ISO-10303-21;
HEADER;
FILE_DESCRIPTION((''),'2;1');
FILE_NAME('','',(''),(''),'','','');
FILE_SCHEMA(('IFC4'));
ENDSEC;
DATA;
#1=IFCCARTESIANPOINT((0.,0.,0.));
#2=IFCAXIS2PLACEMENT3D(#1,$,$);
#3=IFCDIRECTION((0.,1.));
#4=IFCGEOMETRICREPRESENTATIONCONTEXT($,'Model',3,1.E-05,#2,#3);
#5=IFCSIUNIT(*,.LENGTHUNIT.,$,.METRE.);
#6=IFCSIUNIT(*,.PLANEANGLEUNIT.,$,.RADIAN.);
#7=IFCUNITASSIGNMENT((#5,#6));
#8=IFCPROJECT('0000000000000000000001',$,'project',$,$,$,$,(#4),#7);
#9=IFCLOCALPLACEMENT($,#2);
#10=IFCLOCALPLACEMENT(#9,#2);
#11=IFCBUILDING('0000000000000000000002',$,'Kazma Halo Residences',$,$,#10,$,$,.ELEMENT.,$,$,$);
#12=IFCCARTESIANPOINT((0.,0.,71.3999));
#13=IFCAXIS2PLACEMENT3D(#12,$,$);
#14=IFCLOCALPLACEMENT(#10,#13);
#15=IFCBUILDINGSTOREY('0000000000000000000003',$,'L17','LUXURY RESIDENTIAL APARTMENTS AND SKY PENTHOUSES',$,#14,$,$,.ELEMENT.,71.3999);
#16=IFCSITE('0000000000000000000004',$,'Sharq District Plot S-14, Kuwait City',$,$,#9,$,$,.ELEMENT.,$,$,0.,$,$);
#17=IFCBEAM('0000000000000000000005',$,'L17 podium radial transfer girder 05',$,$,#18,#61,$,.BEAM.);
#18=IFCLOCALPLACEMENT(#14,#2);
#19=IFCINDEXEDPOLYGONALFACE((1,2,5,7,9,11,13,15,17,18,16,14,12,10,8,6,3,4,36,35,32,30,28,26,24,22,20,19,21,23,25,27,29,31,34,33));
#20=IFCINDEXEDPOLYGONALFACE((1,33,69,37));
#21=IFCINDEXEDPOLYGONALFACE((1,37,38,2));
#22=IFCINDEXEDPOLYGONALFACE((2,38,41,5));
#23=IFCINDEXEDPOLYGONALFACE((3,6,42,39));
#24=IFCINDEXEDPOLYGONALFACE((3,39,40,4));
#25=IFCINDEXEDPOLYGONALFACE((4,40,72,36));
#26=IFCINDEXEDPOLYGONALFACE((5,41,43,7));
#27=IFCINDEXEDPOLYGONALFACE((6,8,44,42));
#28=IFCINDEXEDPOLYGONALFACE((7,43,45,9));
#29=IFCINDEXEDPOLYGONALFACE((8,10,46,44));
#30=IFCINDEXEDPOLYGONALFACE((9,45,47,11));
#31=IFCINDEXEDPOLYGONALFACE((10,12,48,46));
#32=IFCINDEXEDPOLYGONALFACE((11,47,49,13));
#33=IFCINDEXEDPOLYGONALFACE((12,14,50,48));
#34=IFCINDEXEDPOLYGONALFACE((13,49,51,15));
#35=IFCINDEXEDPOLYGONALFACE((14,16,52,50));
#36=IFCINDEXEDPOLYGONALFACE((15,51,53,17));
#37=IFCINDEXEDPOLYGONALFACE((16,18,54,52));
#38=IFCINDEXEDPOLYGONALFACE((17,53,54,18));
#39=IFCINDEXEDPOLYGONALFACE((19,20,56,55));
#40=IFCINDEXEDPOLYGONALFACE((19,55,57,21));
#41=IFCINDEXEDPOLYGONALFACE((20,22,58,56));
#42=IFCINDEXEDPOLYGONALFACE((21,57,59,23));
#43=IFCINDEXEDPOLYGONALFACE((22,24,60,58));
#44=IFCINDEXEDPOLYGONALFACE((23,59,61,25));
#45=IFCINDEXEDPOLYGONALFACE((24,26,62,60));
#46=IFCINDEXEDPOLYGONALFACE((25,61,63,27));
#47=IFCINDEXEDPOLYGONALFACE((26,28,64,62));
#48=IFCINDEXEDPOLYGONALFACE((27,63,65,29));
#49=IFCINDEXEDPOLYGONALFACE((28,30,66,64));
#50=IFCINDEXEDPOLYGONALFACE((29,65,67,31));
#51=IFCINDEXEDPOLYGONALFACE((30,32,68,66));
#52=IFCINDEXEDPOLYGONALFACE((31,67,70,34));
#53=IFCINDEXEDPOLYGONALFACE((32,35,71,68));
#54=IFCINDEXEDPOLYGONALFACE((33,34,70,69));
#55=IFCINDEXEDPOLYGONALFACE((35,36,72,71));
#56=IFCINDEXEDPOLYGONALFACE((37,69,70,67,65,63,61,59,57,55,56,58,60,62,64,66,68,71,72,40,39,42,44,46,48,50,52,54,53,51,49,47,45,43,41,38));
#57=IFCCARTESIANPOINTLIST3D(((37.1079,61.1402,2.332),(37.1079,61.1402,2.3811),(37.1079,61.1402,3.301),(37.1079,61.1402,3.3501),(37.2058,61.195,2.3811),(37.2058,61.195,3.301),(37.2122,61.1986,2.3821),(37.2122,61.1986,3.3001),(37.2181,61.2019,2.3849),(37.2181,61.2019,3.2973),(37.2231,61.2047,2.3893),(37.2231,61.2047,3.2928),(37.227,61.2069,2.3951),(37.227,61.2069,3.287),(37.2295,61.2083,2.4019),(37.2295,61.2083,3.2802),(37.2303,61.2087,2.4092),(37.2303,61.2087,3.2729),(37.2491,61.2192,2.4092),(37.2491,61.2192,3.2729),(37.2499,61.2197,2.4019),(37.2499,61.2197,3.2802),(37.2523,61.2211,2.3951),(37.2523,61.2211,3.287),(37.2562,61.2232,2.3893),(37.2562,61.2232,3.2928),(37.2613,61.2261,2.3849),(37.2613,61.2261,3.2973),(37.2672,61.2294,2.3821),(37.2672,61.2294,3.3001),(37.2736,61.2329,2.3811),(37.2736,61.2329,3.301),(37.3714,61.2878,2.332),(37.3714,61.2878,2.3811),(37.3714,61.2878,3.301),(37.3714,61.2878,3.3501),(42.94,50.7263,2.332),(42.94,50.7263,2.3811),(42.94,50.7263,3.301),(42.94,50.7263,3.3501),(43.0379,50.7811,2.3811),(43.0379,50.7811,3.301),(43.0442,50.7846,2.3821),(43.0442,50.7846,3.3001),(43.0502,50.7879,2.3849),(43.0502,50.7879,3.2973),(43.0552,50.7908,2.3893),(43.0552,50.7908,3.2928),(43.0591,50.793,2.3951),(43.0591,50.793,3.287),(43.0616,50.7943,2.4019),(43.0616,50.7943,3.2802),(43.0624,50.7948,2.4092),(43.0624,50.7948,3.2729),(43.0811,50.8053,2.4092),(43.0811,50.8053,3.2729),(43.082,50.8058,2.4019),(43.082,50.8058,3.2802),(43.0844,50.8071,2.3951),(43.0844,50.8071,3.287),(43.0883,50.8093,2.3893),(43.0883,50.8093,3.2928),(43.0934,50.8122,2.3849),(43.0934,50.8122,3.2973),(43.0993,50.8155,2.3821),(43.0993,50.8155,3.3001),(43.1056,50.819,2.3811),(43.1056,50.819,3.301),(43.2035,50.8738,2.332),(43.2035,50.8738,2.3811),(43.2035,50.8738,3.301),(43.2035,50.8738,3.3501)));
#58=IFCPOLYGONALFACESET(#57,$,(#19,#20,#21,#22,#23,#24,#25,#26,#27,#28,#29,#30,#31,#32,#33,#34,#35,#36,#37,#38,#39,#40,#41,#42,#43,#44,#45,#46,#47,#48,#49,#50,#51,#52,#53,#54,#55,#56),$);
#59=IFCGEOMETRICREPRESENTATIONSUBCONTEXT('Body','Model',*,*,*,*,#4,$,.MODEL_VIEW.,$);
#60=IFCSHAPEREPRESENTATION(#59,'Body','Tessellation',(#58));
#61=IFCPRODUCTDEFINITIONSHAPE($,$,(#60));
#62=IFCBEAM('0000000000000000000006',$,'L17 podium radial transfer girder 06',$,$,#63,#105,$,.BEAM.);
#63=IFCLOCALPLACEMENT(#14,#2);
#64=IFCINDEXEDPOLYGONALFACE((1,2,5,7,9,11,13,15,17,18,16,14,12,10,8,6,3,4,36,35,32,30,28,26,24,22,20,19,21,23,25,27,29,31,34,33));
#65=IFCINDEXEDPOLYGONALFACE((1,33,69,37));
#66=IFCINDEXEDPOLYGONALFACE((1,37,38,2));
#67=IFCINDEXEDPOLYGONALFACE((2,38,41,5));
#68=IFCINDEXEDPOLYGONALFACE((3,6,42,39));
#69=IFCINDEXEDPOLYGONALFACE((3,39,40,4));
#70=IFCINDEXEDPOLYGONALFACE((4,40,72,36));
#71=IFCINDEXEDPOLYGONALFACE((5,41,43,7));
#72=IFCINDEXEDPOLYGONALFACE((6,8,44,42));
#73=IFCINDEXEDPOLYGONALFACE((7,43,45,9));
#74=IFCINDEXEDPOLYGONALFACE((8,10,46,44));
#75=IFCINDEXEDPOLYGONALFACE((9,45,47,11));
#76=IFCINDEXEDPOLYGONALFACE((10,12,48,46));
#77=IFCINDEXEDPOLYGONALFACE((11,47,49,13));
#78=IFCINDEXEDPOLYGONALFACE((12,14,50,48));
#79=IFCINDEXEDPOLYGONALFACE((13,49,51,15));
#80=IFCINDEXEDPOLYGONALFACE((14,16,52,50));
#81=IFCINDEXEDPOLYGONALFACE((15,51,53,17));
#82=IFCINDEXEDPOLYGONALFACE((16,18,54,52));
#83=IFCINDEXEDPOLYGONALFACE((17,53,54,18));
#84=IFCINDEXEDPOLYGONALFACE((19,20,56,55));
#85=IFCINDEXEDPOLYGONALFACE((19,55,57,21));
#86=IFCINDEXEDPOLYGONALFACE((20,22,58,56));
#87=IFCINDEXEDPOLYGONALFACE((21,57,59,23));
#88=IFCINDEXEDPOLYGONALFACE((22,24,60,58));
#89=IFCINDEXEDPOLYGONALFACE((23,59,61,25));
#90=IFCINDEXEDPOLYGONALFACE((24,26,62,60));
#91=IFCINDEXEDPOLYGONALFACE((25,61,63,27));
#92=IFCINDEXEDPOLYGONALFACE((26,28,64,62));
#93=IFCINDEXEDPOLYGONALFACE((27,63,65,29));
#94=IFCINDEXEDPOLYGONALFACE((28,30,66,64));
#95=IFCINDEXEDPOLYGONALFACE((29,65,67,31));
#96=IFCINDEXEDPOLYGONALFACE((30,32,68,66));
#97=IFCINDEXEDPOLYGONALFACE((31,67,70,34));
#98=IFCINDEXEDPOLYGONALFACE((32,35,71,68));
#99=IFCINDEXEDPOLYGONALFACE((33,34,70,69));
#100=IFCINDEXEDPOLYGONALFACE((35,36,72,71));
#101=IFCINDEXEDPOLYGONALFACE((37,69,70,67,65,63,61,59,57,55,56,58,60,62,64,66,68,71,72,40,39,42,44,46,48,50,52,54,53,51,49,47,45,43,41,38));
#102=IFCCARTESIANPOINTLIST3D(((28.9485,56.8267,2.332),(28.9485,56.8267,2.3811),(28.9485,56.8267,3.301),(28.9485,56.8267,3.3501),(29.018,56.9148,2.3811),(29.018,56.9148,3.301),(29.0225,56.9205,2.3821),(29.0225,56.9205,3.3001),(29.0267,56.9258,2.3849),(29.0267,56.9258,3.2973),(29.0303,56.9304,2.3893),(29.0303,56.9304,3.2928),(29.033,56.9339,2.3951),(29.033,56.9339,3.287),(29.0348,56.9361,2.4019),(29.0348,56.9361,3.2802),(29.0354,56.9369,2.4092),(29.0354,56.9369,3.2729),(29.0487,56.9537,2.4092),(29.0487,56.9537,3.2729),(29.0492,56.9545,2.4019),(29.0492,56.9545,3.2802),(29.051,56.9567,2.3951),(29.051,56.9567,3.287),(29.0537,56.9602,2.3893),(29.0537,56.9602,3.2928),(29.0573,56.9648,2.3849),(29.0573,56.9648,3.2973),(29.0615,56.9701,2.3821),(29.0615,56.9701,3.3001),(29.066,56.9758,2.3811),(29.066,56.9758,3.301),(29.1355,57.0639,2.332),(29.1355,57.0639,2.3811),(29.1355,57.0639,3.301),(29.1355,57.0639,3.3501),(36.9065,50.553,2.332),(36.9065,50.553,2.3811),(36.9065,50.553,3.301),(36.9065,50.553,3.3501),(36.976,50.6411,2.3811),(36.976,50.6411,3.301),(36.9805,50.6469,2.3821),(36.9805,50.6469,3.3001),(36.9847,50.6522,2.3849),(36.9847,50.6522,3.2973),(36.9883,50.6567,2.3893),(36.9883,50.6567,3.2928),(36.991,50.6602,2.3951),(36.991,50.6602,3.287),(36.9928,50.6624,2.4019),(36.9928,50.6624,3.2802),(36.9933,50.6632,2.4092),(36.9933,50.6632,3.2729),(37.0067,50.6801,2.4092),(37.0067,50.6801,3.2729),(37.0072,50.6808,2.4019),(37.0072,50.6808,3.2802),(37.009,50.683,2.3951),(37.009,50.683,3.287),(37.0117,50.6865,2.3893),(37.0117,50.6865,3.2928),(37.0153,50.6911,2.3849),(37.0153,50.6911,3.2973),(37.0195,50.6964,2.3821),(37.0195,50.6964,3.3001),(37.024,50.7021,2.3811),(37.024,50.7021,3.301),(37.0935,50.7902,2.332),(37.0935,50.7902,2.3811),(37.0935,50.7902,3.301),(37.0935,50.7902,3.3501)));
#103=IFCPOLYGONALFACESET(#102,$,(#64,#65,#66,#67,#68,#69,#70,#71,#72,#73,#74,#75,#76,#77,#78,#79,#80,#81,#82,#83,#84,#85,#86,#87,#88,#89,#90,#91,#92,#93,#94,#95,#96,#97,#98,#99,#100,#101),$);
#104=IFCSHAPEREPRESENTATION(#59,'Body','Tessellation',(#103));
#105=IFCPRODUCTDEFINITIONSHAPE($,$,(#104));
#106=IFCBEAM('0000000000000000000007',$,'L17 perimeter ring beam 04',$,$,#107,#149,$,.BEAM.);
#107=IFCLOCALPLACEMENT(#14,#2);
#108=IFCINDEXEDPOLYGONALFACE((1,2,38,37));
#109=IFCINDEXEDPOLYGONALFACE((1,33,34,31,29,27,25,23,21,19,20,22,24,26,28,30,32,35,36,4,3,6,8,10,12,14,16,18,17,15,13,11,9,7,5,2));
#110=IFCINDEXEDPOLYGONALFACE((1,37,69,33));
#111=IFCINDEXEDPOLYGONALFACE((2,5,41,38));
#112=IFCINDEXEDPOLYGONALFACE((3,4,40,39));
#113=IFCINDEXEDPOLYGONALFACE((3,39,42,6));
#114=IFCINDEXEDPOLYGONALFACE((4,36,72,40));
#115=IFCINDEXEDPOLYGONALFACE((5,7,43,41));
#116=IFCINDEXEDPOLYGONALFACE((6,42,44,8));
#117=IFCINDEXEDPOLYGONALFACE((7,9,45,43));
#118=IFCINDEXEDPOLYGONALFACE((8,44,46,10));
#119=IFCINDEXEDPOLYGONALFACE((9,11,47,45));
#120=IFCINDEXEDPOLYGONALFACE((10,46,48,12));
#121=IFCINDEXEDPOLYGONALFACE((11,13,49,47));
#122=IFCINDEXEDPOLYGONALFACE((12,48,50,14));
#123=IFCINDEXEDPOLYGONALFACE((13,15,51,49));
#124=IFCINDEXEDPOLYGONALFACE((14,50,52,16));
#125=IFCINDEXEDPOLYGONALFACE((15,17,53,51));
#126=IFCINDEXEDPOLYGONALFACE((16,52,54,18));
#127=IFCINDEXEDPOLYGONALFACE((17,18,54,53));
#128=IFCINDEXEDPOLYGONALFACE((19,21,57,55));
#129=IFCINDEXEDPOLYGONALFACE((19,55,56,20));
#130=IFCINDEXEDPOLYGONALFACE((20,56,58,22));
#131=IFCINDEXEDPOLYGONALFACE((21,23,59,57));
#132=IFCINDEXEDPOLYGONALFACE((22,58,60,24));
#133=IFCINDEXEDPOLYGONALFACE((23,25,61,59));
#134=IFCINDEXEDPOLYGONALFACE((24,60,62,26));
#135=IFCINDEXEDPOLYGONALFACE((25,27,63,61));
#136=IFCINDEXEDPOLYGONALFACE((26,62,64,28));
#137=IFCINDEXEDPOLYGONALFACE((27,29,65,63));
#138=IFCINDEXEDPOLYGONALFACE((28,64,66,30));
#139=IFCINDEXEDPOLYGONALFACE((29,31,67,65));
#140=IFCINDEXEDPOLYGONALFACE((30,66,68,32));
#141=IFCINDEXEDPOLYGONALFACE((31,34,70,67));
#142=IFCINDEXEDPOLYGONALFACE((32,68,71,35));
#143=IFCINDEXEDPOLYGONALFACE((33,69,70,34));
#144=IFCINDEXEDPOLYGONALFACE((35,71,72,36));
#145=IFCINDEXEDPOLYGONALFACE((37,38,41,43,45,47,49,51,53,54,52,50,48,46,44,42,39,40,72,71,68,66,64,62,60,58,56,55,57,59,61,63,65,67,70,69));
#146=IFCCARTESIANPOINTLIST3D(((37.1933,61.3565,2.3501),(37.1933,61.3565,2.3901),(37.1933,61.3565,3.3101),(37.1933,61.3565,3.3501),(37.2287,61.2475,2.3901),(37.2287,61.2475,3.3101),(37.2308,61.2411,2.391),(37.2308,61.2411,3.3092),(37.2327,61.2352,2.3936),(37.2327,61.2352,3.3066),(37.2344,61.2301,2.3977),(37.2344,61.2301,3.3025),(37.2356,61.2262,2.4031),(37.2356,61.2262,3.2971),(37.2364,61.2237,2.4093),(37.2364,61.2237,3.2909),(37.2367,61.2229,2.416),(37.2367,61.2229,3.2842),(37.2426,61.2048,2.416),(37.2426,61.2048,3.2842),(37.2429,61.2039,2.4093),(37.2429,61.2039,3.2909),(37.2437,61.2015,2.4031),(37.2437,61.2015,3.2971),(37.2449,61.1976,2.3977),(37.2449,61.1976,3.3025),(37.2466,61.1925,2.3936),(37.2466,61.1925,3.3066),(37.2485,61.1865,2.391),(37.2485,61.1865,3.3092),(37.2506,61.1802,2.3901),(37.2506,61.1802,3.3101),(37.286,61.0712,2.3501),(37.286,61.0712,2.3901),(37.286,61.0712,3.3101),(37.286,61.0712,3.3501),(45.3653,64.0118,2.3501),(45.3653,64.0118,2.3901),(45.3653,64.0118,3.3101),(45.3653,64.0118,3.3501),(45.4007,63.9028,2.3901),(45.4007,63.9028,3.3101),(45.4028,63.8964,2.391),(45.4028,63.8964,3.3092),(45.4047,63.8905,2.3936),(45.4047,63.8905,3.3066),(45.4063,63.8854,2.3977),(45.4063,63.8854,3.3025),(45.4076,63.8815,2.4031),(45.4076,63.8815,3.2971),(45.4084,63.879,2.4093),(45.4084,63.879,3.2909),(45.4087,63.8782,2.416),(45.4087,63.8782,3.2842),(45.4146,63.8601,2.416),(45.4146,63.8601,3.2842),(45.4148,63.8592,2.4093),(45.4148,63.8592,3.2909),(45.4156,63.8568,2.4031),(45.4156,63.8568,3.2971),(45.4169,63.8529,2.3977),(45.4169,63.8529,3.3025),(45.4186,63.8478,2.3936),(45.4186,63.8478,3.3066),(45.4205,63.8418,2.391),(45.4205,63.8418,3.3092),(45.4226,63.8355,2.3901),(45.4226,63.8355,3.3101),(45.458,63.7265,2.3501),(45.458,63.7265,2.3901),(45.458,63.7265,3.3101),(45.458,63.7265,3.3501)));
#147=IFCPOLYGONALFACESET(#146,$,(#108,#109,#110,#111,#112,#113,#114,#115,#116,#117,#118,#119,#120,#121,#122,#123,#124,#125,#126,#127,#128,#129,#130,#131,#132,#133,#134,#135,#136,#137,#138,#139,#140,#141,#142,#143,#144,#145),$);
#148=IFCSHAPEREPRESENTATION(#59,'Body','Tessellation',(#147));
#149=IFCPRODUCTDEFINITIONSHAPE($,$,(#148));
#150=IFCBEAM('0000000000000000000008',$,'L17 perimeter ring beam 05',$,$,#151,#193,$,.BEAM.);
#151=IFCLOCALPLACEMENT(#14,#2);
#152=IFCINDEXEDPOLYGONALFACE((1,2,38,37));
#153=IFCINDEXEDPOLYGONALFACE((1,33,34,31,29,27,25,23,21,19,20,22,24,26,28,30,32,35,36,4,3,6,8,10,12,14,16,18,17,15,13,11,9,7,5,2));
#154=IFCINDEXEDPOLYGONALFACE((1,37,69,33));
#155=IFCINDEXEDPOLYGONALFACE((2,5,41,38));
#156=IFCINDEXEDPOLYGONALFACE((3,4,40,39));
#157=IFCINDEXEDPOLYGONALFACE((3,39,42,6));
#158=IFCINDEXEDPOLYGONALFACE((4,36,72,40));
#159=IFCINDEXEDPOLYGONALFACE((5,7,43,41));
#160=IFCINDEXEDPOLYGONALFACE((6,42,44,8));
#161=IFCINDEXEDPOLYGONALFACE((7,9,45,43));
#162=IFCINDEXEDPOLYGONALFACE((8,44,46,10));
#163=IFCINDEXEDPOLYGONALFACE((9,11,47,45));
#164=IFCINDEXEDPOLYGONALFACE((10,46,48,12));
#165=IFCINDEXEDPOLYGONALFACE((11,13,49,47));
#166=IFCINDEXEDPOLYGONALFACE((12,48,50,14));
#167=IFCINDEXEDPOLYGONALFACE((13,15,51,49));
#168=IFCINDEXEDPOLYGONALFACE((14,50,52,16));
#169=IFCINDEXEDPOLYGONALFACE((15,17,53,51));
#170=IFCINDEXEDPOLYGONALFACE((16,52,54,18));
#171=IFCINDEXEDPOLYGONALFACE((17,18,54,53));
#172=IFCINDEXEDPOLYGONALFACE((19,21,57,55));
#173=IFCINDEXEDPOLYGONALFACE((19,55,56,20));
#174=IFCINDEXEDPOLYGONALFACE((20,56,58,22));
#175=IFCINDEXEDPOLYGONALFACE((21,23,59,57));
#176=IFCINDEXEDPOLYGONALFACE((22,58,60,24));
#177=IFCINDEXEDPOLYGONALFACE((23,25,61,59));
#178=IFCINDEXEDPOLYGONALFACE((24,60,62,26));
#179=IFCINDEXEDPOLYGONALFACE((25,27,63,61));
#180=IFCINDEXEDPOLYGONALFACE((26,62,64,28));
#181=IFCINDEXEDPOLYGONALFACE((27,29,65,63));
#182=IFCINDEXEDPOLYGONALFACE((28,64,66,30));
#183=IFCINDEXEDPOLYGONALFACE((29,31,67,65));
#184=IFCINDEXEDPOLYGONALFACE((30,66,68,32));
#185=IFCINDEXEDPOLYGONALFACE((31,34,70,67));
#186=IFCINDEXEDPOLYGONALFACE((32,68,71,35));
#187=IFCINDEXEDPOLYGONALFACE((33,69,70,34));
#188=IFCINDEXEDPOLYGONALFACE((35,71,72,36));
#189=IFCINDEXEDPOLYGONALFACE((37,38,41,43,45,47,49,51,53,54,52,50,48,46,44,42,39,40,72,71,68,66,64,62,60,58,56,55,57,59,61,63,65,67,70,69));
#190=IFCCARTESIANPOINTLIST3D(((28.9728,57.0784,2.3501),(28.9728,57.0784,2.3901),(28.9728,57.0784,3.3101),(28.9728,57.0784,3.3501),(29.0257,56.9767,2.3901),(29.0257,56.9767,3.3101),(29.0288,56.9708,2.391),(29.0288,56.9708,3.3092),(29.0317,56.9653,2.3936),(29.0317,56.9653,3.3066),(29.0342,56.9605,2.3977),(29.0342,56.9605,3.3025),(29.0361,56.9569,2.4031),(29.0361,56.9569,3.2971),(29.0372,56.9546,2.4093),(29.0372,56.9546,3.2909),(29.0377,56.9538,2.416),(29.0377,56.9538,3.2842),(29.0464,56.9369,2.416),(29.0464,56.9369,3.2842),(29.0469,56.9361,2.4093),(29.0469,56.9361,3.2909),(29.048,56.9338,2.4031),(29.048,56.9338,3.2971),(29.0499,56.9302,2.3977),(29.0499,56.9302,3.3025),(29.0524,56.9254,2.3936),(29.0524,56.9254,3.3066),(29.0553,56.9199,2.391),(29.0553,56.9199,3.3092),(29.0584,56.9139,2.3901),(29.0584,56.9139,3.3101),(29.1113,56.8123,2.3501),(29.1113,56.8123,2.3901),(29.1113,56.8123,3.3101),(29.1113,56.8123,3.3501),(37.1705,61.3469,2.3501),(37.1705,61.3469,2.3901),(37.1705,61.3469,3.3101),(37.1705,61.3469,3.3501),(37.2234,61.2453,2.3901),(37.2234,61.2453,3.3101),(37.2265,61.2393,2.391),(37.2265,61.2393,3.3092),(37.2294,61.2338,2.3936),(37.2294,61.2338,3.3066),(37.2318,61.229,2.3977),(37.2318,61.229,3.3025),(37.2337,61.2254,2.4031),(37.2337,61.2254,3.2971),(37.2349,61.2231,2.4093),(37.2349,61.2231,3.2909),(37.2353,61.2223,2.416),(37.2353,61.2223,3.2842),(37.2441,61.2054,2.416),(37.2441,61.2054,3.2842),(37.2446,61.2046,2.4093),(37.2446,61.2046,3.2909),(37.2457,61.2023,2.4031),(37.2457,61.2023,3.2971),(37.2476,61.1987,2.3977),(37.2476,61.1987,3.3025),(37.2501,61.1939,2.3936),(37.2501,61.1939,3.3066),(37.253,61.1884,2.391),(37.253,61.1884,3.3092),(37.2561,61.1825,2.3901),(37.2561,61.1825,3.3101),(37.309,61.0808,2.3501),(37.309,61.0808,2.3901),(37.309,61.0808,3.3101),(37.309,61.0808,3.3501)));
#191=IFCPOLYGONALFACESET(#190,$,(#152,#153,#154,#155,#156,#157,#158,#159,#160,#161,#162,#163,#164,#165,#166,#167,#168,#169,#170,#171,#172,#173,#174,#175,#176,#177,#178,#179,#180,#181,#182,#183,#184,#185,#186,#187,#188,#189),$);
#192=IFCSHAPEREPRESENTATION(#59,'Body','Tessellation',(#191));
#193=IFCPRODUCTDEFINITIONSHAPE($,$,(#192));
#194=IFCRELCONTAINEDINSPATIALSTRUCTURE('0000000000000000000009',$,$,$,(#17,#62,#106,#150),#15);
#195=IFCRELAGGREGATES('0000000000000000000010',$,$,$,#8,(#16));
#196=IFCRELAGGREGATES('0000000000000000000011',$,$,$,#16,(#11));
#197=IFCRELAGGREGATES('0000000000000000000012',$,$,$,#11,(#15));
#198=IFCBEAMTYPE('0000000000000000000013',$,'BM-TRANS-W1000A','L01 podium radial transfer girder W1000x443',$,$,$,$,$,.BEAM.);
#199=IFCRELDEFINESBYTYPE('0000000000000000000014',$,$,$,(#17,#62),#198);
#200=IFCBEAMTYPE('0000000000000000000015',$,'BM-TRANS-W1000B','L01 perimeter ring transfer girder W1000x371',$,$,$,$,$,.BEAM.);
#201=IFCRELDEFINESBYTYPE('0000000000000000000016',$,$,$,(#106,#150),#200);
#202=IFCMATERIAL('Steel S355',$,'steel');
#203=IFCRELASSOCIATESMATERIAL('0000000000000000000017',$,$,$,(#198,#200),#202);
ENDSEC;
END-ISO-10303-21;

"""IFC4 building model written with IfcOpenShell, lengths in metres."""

from ifc_helpers import new_model, si_unit, direction, frame, origin, origin_2d, place, context, subcontext, project, spatial, i_section, extrude, material, material_profile, profile_set, type_object, element, save


model = new_model("IFC4")

# Units and contexts
model_context = context("Model", 3, precision=1e-05, world=origin(), true_north=direction((0.0, 1.0)))
body_context = subcontext(model_context, "Body", "Model", "MODEL_VIEW")
ifc_project = project(units=[si_unit("LENGTHUNIT", "METRE"), si_unit("PLANEANGLEUNIT", "RADIAN")], contexts=[model_context])

# Site, building, storey
site_placement = place(None, origin())
site = spatial("IfcSite", under=ifc_project, at=site_placement, Name="Sharq District Plot S-14, Kuwait City", CompositionType="ELEMENT", RefElevation=0.0)
building_placement = place(site_placement, origin())
building = spatial("IfcBuilding", under=site, at=building_placement, Name="Kazma Halo Residences", CompositionType="ELEMENT")
storey_placement = place(building_placement, frame((0.0, 0.0, 71.3999)))
storey = spatial("IfcBuildingStorey", under=building, at=storey_placement, Name="L17", Description="LUXURY RESIDENTIAL APARTMENTS AND SKY PENTHOUSES", CompositionType="ELEMENT", Elevation=71.3999)

# Beams
ifc_material_1 = material(Name="Steel S355", Category="steel")
ifc_material_profile_1 = material_profile(ifc_material_1, i_section(OverallWidth=0.302, OverallDepth=1.0181, WebThickness=0.0215, FlangeThickness=0.0491, FilletRadius=0.0281, at=origin_2d()), Name="W1000x443")
ifc_profile_set_1 = profile_set([ifc_material_profile_1], Name="Steel S355")
beam_type_1 = type_object("IfcBeamType", Name="BM-TRANS-W1000A", Description="L01 podium radial transfer girder W1000x443", PredefinedType="BEAM", material=ifc_profile_set_1)
beam_1_placement = place(storey_placement, frame((43.0718, 50.8, 2.8411), z_axis=(-0.488622, 0.872496, 0.0), x_axis=(-0.872496, -0.488622, 0.0)))
element("IfcBeam", 1, at=beam_1_placement, inside=storey, type_object=beam_type_1, Name="L17 podium radial transfer girder 05", PredefinedType="BEAM", context=body_context, shape_type="SweptSolid", body=[
    extrude(i_section(OverallWidth=0.302, OverallDepth=1.0181, WebThickness=0.0215, FlangeThickness=0.0491, FilletRadius=0.0281, at=origin_2d()), origin(), (0.0, 0.0, 1.0), 11.9358),
])
beam_2_placement = place(storey_placement, frame((37.0, 50.6716, 2.8411), z_axis=(-0.785312, 0.6191, 0.0), x_axis=(-0.6191, -0.785312, 0.0)))
element("IfcBeam", 2, at=beam_2_placement, inside=storey, type_object=beam_type_1, Name="L17 podium radial transfer girder 06", PredefinedType="BEAM", context=body_context, shape_type="SweptSolid", body=[
    extrude(i_section(OverallWidth=0.302, OverallDepth=1.0181, WebThickness=0.0215, FlangeThickness=0.0491, FilletRadius=0.0281, at=origin_2d()), origin(), (0.0, 0.0, 1.0), 10.1335),
])
ifc_material_profile_2 = material_profile(ifc_material_1, i_section(OverallWidth=0.3, OverallDepth=1.0, WebThickness=0.019, FlangeThickness=0.04, FilletRadius=0.0259, at=origin_2d()), Name="W1000x371")
ifc_profile_set_2 = profile_set([ifc_material_profile_2], Name="Steel S355")
beam_type_2 = type_object("IfcBeamType", Name="BM-TRANS-W1000B", Description="L01 perimeter ring transfer girder W1000x371", PredefinedType="BEAM", material=ifc_profile_set_2)
beam_3_placement = place(storey_placement, frame((45.4116, 63.8691, 2.8501), z_axis=(-0.951054, -0.309024, 0.0), x_axis=(0.309024, -0.951054, 0.0)))
element("IfcBeam", 3, at=beam_3_placement, inside=storey, type_object=beam_type_2, Name="L17 perimeter ring beam 04", PredefinedType="BEAM", context=body_context, shape_type="SweptSolid", body=[
    extrude(i_section(OverallWidth=0.3, OverallDepth=1.0, WebThickness=0.019, FlangeThickness=0.04, FilletRadius=0.0259, at=origin_2d()), origin(), (0.0, 0.0, 1.0), 8.5925),
])
beam_4_placement = place(storey_placement, frame((37.2397, 61.2139, 2.8501), z_axis=(-0.886963, -0.46184, 0.0), x_axis=(0.46184, -0.886963, 0.0)))
element("IfcBeam", 4, at=beam_4_placement, inside=storey, type_object=beam_type_2, Name="L17 perimeter ring beam 05", PredefinedType="BEAM", context=body_context, shape_type="SweptSolid", body=[
    extrude(i_section(OverallWidth=0.3, OverallDepth=1.0, WebThickness=0.019, FlangeThickness=0.04, FilletRadius=0.0259, at=origin_2d()), origin(), (0.0, 0.0, 1.0), 9.2424),
])

save(model, "model.ifc")
